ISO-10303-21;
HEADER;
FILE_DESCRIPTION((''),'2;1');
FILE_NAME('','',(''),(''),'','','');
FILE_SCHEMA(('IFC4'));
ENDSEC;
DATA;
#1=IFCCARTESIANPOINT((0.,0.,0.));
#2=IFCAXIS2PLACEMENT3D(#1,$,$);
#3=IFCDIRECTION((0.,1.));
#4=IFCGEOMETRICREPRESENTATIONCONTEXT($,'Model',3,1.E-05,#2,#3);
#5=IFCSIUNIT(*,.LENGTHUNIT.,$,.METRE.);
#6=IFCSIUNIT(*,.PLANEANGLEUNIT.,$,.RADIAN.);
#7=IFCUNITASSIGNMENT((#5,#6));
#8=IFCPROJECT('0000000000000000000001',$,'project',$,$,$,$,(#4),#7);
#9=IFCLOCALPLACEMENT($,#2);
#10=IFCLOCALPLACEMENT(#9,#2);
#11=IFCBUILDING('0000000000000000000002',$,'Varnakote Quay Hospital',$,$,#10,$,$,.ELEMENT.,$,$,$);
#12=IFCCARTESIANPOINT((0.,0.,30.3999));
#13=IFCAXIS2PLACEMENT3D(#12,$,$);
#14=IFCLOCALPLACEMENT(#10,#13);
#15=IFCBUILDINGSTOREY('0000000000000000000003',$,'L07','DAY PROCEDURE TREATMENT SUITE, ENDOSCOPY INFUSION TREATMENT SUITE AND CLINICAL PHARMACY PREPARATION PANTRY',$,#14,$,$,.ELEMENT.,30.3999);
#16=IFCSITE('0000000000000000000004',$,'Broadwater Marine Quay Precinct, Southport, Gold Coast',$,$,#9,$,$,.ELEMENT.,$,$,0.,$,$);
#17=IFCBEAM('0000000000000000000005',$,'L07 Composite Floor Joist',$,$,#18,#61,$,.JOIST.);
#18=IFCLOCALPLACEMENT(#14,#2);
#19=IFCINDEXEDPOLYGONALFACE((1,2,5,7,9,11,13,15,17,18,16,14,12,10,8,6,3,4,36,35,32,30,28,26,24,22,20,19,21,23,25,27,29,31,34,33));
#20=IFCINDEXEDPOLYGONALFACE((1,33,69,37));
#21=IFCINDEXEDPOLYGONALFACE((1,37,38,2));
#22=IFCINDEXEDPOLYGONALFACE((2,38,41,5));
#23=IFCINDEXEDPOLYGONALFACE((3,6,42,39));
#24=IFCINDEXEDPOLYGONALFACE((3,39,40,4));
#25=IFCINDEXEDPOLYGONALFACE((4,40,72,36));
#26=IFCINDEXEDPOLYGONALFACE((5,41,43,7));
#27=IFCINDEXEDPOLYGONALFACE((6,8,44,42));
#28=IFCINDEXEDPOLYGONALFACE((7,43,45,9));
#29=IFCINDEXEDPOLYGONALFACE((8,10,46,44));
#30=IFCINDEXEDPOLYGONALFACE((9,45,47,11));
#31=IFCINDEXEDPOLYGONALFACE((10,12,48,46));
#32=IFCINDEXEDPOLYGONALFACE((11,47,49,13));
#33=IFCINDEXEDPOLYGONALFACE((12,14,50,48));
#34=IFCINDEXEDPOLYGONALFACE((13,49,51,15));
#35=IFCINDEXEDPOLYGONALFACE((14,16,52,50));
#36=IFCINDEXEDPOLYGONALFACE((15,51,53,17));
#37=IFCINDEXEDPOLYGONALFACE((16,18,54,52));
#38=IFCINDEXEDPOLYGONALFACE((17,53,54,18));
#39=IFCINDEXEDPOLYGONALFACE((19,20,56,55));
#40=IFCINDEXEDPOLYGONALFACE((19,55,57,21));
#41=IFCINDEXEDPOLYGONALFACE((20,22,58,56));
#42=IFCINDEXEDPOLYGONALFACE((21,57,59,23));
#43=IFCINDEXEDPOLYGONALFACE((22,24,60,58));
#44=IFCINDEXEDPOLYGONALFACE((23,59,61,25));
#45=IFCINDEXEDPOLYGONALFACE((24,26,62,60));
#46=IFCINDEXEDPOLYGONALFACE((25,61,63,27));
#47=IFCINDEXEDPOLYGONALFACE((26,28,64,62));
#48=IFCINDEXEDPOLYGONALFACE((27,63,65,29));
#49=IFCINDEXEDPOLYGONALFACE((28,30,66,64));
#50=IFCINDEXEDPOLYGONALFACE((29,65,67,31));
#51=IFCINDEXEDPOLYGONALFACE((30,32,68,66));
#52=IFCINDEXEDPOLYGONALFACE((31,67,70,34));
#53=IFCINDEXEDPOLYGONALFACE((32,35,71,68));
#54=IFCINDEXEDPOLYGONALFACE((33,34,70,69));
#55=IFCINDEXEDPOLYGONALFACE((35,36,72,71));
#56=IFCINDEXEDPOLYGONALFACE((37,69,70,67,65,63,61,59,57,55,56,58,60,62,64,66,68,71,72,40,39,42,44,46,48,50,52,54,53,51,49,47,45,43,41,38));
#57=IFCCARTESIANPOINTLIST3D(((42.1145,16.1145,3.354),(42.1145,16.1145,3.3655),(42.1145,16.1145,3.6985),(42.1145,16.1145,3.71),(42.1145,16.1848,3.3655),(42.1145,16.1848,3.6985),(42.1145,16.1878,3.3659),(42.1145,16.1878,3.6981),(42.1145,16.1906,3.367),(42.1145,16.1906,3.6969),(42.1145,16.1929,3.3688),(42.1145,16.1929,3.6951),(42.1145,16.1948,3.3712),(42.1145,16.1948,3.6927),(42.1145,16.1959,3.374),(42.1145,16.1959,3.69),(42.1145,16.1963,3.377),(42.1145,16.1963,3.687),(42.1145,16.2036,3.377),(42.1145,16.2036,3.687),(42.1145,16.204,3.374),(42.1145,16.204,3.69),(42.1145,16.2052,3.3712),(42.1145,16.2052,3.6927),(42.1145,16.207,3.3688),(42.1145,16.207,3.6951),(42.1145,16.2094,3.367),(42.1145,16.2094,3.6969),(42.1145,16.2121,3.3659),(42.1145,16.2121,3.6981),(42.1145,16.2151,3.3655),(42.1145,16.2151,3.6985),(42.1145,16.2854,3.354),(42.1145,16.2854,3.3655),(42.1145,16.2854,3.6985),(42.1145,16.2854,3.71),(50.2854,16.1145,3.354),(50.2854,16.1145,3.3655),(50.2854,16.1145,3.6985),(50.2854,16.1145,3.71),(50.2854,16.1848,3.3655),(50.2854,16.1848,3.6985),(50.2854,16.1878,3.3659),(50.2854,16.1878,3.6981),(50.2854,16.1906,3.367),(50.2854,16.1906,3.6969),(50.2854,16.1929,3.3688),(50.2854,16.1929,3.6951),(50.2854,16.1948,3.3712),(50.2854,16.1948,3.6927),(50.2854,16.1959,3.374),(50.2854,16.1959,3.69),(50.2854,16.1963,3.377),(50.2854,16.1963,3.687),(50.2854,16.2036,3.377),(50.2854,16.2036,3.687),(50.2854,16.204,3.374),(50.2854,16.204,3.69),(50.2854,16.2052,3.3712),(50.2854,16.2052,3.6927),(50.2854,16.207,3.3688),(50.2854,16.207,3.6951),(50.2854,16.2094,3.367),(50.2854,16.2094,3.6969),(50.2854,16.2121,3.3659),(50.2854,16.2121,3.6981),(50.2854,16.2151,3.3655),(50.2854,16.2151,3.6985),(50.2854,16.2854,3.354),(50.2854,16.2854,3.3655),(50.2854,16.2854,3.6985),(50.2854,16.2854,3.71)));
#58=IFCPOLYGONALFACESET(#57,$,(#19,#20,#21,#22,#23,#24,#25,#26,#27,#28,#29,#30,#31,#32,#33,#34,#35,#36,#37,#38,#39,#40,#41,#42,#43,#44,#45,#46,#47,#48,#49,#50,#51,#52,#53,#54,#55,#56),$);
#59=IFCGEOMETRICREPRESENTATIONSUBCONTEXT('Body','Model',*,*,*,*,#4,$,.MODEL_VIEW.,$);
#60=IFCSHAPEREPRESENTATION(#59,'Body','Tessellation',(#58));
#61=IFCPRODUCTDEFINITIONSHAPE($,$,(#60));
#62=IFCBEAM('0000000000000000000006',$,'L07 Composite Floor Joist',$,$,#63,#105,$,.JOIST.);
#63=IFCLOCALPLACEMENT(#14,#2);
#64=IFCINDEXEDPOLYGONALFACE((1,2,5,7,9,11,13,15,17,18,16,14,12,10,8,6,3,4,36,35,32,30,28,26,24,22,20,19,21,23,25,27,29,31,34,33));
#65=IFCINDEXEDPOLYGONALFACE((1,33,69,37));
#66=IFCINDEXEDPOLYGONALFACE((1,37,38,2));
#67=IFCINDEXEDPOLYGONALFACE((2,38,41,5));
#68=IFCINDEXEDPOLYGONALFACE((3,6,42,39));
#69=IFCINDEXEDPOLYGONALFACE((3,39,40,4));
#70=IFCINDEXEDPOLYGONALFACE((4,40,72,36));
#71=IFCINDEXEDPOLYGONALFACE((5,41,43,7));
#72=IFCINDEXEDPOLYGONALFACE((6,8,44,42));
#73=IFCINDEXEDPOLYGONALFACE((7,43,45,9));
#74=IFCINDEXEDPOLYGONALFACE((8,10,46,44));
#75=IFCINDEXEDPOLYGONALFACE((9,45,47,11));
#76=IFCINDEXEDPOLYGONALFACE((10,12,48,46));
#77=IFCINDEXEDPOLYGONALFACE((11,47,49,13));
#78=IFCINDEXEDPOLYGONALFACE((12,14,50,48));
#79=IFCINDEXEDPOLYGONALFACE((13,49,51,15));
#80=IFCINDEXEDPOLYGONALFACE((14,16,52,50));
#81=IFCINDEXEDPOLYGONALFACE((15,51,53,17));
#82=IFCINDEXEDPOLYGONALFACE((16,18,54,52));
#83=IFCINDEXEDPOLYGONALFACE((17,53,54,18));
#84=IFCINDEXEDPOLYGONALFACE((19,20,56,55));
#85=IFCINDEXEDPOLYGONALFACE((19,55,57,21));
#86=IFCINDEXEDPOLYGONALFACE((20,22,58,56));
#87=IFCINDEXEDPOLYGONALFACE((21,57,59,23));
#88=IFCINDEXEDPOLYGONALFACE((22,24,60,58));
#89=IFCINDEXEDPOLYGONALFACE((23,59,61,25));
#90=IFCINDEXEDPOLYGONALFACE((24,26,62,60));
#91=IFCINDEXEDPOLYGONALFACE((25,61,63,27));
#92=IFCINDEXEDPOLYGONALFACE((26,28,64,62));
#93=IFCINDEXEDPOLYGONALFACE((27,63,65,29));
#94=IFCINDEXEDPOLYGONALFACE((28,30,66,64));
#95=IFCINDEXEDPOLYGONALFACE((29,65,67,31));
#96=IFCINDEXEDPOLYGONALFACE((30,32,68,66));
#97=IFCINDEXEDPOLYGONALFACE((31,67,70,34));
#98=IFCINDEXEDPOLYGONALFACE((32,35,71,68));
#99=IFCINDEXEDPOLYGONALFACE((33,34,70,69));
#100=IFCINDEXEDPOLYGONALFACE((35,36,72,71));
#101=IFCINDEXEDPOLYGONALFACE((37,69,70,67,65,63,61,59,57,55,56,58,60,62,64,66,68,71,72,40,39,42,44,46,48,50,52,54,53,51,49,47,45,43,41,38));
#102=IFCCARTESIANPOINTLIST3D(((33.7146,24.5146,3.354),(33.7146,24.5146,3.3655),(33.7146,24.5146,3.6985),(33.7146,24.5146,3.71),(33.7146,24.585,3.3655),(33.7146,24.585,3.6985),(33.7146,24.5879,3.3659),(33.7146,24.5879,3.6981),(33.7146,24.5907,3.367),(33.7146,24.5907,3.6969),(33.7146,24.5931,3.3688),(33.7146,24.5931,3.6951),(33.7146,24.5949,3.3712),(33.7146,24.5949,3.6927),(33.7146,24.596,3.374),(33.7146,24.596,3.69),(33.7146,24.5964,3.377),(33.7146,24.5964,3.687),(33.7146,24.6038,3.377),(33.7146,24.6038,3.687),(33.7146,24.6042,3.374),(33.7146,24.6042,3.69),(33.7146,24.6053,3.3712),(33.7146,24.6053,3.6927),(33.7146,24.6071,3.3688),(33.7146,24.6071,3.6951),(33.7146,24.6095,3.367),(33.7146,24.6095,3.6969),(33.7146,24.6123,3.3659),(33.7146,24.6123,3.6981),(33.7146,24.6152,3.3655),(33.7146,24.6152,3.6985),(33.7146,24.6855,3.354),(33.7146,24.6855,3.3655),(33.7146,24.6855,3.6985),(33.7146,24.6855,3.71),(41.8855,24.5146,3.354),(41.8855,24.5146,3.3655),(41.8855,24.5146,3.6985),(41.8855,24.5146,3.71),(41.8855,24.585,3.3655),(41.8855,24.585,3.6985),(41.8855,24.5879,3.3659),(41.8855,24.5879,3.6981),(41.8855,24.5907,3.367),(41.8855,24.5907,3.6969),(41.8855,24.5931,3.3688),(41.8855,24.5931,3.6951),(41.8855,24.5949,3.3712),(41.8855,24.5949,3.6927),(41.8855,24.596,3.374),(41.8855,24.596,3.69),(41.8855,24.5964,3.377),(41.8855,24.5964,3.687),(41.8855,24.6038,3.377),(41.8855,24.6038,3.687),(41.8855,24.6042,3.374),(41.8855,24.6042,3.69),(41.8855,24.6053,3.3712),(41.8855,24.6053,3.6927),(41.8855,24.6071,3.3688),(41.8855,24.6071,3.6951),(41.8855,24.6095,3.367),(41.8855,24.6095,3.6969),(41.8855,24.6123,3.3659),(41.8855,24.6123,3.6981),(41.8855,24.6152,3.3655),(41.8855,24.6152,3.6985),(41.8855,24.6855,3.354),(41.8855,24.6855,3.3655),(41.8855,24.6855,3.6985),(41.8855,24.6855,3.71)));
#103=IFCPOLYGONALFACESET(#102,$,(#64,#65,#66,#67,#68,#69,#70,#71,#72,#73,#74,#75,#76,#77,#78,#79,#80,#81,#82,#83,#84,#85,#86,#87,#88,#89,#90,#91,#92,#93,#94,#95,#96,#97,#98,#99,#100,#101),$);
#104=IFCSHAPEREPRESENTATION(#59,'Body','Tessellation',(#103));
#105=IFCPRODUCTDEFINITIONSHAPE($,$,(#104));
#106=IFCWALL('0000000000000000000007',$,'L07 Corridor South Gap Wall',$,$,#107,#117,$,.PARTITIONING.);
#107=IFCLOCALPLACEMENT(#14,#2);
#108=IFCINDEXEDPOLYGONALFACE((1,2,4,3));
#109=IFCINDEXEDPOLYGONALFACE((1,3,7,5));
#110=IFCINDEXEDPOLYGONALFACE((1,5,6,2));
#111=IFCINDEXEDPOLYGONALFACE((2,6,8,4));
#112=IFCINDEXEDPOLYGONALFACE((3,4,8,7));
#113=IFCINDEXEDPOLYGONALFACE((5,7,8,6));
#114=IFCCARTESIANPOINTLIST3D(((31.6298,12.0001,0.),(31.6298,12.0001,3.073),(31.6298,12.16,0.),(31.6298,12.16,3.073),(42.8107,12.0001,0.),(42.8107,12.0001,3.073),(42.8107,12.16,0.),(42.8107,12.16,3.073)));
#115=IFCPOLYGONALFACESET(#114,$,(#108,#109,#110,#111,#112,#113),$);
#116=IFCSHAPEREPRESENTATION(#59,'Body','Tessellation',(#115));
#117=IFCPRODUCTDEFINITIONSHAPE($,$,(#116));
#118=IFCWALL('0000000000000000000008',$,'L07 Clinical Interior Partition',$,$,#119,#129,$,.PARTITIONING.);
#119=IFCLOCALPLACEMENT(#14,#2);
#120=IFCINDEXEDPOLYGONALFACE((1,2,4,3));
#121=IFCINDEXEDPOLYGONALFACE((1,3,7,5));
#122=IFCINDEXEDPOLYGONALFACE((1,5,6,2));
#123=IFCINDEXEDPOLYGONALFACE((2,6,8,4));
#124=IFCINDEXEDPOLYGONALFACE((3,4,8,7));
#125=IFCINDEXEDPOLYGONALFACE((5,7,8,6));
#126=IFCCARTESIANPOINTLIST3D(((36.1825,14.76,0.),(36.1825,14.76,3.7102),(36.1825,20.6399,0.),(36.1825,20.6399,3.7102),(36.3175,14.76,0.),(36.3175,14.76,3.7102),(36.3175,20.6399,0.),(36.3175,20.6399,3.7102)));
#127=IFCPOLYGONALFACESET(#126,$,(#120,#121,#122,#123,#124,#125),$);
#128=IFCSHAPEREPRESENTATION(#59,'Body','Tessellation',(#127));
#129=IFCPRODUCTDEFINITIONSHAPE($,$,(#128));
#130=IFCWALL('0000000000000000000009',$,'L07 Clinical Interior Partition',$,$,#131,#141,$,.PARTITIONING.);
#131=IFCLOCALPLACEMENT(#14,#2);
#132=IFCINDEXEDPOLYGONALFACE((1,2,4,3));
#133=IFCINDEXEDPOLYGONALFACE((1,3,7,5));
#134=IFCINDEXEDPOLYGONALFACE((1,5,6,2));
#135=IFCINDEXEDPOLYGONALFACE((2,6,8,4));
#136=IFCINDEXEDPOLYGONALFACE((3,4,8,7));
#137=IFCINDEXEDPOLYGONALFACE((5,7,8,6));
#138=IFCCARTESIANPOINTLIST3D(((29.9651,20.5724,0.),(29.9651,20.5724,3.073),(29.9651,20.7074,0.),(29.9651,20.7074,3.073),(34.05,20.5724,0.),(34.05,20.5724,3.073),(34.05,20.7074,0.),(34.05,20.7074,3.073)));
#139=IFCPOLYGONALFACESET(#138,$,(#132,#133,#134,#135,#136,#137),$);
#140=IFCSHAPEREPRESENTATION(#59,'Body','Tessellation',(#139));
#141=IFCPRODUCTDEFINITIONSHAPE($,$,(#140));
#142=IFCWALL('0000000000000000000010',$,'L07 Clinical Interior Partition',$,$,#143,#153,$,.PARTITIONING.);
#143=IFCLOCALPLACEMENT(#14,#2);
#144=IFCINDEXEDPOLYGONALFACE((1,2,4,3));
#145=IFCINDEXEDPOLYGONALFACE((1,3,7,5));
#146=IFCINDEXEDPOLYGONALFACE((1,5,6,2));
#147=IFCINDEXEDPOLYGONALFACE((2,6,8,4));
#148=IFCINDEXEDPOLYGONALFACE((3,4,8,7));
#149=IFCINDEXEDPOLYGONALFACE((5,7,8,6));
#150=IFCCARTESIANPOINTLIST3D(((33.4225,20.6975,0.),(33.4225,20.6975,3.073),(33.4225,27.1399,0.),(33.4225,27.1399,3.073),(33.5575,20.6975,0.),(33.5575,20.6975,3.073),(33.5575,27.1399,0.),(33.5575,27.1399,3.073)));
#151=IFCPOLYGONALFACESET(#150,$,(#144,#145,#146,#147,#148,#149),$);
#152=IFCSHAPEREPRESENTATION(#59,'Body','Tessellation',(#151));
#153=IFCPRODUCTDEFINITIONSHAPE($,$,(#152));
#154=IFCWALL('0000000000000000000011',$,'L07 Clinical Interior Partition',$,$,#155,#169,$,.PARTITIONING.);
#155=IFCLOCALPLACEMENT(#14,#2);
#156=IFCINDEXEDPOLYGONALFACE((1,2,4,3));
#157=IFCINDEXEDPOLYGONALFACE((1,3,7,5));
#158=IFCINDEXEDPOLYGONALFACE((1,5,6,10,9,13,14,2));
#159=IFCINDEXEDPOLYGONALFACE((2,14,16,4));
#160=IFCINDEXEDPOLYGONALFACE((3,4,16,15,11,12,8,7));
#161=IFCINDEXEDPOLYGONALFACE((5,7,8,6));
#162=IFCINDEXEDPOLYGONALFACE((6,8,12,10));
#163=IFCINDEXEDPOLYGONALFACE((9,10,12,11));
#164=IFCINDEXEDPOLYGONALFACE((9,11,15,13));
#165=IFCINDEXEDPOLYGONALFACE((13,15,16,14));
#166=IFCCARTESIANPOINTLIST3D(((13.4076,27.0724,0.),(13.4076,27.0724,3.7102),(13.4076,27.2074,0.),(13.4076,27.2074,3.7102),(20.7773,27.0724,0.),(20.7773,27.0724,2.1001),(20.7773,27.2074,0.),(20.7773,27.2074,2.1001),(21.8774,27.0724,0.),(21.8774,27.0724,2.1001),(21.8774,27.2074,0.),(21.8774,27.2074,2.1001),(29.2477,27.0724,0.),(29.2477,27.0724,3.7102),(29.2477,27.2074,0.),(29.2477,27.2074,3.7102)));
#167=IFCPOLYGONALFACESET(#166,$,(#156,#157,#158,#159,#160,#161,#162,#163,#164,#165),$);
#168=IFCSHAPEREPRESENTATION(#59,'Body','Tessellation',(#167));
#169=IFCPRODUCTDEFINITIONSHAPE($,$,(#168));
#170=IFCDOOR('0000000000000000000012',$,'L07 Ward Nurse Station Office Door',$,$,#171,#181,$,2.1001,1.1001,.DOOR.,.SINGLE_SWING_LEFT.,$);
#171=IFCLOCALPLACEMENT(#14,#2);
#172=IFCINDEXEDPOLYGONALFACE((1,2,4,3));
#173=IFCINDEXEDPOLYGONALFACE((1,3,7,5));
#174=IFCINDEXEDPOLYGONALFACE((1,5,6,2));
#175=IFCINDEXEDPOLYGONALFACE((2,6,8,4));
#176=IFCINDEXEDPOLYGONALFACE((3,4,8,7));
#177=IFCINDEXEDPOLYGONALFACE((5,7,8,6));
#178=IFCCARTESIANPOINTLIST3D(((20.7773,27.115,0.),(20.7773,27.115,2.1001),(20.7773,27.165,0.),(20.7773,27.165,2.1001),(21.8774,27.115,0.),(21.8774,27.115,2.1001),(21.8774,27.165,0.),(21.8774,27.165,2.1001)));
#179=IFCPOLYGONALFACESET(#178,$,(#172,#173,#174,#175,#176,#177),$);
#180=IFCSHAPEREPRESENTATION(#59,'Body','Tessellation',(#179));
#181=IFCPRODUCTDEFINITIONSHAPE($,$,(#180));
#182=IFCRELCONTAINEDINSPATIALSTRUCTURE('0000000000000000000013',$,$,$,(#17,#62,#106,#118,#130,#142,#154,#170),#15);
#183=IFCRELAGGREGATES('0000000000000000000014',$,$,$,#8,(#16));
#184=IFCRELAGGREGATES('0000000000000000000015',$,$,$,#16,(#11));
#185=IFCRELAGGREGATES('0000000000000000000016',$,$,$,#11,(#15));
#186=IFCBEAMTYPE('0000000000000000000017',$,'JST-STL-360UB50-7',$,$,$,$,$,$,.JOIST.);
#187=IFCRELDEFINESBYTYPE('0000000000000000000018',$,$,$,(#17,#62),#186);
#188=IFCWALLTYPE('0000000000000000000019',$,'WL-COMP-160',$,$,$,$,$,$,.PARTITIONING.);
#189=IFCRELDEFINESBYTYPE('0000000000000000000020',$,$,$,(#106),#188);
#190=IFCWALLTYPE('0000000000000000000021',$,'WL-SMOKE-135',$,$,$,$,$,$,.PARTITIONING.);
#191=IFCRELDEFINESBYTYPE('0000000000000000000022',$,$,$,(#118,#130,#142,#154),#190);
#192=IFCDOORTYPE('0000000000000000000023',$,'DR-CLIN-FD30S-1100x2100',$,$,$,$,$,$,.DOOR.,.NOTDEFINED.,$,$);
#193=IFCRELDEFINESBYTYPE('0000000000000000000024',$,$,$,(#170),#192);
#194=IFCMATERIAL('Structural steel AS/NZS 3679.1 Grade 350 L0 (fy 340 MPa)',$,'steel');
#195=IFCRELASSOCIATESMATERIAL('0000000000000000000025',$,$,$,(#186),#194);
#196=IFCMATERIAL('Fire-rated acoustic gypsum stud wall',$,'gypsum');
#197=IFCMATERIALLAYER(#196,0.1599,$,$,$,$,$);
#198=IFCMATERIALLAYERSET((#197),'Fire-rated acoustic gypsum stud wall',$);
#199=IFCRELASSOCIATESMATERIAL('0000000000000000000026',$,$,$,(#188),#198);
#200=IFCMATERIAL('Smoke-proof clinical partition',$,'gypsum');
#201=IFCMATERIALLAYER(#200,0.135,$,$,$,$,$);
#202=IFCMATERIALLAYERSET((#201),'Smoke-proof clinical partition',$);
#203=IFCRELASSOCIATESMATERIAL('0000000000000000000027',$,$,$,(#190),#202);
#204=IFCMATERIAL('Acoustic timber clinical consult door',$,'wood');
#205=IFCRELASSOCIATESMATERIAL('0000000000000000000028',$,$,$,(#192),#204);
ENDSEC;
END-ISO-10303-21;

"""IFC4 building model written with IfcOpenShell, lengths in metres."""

from ifc_helpers import new_model, si_unit, direction, frame, frame_2d, origin, origin_2d, place, context, subcontext, project, spatial, rectangle, i_section, extrude, material, layer, layer_set, material_profile, profile_set, type_object, element, fill, save


model = new_model("IFC4")

# Units and contexts
model_context = context("Model", 3, precision=1e-05, world=origin(), true_north=direction((0.0, 1.0)))
body_context = subcontext(model_context, "Body", "Model", "MODEL_VIEW")
ifc_project = project(units=[si_unit("LENGTHUNIT", "METRE"), si_unit("PLANEANGLEUNIT", "RADIAN")], contexts=[model_context])

# Site, building, storey
site_placement = place(None, origin())
site = spatial("IfcSite", under=ifc_project, at=site_placement, Name="Broadwater Marine Quay Precinct, Southport, Gold Coast", CompositionType="ELEMENT", RefElevation=0.0)
building_placement = place(site_placement, origin())
building = spatial("IfcBuilding", under=site, at=building_placement, Name="Varnakote Quay Hospital", CompositionType="ELEMENT")
storey_placement = place(building_placement, frame((0.0, 0.0, 30.3999)))
storey = spatial("IfcBuildingStorey", under=building, at=storey_placement, Name="L07", Description="DAY PROCEDURE TREATMENT SUITE, ENDOSCOPY INFUSION TREATMENT SUITE AND CLINICAL PHARMACY PREPARATION PANTRY", CompositionType="ELEMENT", Elevation=30.3999)

# Beams
ifc_material_1 = material(Name="Structural steel AS/NZS 3679.1 Grade 350 L0 (fy 340 MPa)", Category="steel")
ifc_material_profile_1 = material_profile(ifc_material_1, i_section(OverallWidth=0.1709, OverallDepth=0.356, WebThickness=0.0073, FlangeThickness=0.0115, FilletRadius=0.0115, at=origin_2d()), Name="360UB50.7")
ifc_profile_set_1 = profile_set([ifc_material_profile_1], Name="Structural steel AS/NZS 3679.1 Grade 350 L0 (fy 340 MPa)")
beam_type_1 = type_object("IfcBeamType", Name="JST-STL-360UB50-7", PredefinedType="JOIST", material=ifc_profile_set_1)
for number, where, z_axis, x_axis, name in (
    (1, (42.1145, 16.2, 3.532), (1.0, 0.0, 0.0), (0.0, 1.0, 0.0), "L07 Composite Floor Joist"),
    (2, (33.7146, 24.6001, 3.532), (1.0, 0.0, 0.0), (0.0, 1.0, 0.0), "L07 Composite Floor Joist"),
):
    element("IfcBeam", number, at=place(storey_placement, frame(where, z_axis=z_axis, x_axis=x_axis)), inside=storey, type_object=beam_type_1, Name=name, PredefinedType="JOIST", context=body_context, shape_type="SweptSolid", body=[
        extrude(i_section(OverallWidth=0.1709, OverallDepth=0.356, WebThickness=0.0073, FlangeThickness=0.0115, FilletRadius=0.0115, at=origin_2d()), origin(), (0.0, 0.0, 1.0), 8.1709),
    ])

# Walls
ifc_material_2 = material(Name="Fire-rated acoustic gypsum stud wall", Category="gypsum")
ifc_layer_1 = layer(ifc_material_2, 0.1599)
ifc_layer_set_1 = layer_set([ifc_layer_1], Name="Fire-rated acoustic gypsum stud wall")
wall_type_1 = type_object("IfcWallType", Name="WL-COMP-160", PredefinedType="PARTITIONING", material=ifc_layer_set_1)
wall_1_placement = place(storey_placement, frame((31.6299, 12.0801, 0.0), z_axis=(0.0, 0.0, 1.0), x_axis=(1.0, 0.0, 0.0)))
element("IfcWall", 3, at=wall_1_placement, inside=storey, type_object=wall_type_1, Name="L07 Corridor South Gap Wall", PredefinedType="PARTITIONING", context=body_context, shape_type="SweptSolid", body=[
    extrude(rectangle(XDim=11.1809, YDim=0.1599, at=frame_2d((5.5903, 0.0))), origin(), (0.0, 0.0, 1.0), 3.073),
])
ifc_material_3 = material(Name="Smoke-proof clinical partition", Category="gypsum")
ifc_layer_2 = layer(ifc_material_3, 0.135)
ifc_layer_set_2 = layer_set([ifc_layer_2], Name="Smoke-proof clinical partition")
wall_type_2 = type_object("IfcWallType", Name="WL-SMOKE-135", PredefinedType="PARTITIONING", material=ifc_layer_set_2)
wall_2_placement = place(storey_placement, frame((36.25, 14.76, 0.0), z_axis=(0.0, 0.0, 1.0), x_axis=(0.0, 1.0, 0.0)))
element("IfcWall", 4, at=wall_2_placement, inside=storey, type_object=wall_type_2, Name="L07 Clinical Interior Partition", PredefinedType="PARTITIONING", context=body_context, shape_type="SweptSolid", body=[
    extrude(rectangle(XDim=5.8799, YDim=0.135, at=frame_2d((2.9399, 0.0))), origin(), (0.0, 0.0, 1.0), 3.7102),
])
wall_3_placement = place(storey_placement, frame((34.05, 20.6399, 0.0), z_axis=(0.0, 0.0, 1.0), x_axis=(-1.0, 0.0, 0.0)))
element("IfcWall", 5, at=wall_3_placement, inside=storey, type_object=wall_type_2, Name="L07 Clinical Interior Partition", PredefinedType="PARTITIONING", context=body_context, shape_type="SweptSolid", body=[
    extrude(rectangle(XDim=4.085, YDim=0.135, at=frame_2d((2.0425, 0.0))), origin(), (0.0, 0.0, 1.0), 3.073),
])
wall_4_placement = place(storey_placement, frame((33.49, 20.6975, 0.0), z_axis=(0.0, 0.0, 1.0), x_axis=(0.0, 1.0, 0.0)))
element("IfcWall", 6, at=wall_4_placement, inside=storey, type_object=wall_type_2, Name="L07 Clinical Interior Partition", PredefinedType="PARTITIONING", context=body_context, shape_type="SweptSolid", body=[
    extrude(rectangle(XDim=6.4424, YDim=0.135, at=frame_2d((3.2212, 0.0))), origin(), (0.0, 0.0, 1.0), 3.073),
])

# Wall, opening, door
wall_5_placement = place(storey_placement, frame((29.2476, 27.1399, 0.0), z_axis=(0.0, 0.0, 1.0), x_axis=(-1.0, 0.0, 0.0)))
wall_5 = element("IfcWall", 7, at=wall_5_placement, inside=storey, type_object=wall_type_2, Name="L07 Clinical Interior Partition", PredefinedType="PARTITIONING", context=body_context, shape_type="SweptSolid", body=[
    extrude(rectangle(XDim=15.8401, YDim=0.135, at=frame_2d((7.9199, 0.0))), origin(), (0.0, 0.0, 1.0), 3.7102),
])
opening_1_placement = place(wall_5_placement, frame((7.3701, 0.0, 0.0)))
opening_1 = element("IfcOpeningElement", 8, at=opening_1_placement, cuts=wall_5, PredefinedType="OPENING", context=body_context, shape_type="SweptSolid", body=[
    extrude(rectangle(XDim=1.1001, YDim=2.1001, at=frame_2d((0.55, 1.05))), frame((0.0, 0.0774, 0.0), z_axis=(0.0, -1.0, 0.0), x_axis=(1.0, 0.0, 0.0)), (0.0, 0.0, 1.0), 0.155),
])
ifc_material_4 = material(Name="Acoustic timber clinical consult door", Category="wood")
door_type = type_object("IfcDoorType", Name="DR-CLIN-FD30S-1100x2100", OperationType="NOTDEFINED", PredefinedType="DOOR", material=ifc_material_4)
door_1_placement = place(opening_1_placement, origin())
door_1 = element("IfcDoor", 9, at=door_1_placement, inside=storey, type_object=door_type, Name="L07 Ward Nurse Station Office Door", OperationType="SINGLE_SWING_LEFT", OverallHeight=2.1001, OverallWidth=1.1001, PredefinedType="DOOR", context=body_context, shape_type="SweptSolid", body=[
    extrude(rectangle(XDim=1.1001, YDim=2.1001, at=frame_2d((0.55, 1.05))), frame((0.0, 0.0249, 0.0), z_axis=(0.0, -1.0, 0.0), x_axis=(1.0, 0.0, 0.0)), (0.0, 0.0, 1.0), 0.05),
])
fill(opening_1, door_1)

save(model, "model.ifc")
